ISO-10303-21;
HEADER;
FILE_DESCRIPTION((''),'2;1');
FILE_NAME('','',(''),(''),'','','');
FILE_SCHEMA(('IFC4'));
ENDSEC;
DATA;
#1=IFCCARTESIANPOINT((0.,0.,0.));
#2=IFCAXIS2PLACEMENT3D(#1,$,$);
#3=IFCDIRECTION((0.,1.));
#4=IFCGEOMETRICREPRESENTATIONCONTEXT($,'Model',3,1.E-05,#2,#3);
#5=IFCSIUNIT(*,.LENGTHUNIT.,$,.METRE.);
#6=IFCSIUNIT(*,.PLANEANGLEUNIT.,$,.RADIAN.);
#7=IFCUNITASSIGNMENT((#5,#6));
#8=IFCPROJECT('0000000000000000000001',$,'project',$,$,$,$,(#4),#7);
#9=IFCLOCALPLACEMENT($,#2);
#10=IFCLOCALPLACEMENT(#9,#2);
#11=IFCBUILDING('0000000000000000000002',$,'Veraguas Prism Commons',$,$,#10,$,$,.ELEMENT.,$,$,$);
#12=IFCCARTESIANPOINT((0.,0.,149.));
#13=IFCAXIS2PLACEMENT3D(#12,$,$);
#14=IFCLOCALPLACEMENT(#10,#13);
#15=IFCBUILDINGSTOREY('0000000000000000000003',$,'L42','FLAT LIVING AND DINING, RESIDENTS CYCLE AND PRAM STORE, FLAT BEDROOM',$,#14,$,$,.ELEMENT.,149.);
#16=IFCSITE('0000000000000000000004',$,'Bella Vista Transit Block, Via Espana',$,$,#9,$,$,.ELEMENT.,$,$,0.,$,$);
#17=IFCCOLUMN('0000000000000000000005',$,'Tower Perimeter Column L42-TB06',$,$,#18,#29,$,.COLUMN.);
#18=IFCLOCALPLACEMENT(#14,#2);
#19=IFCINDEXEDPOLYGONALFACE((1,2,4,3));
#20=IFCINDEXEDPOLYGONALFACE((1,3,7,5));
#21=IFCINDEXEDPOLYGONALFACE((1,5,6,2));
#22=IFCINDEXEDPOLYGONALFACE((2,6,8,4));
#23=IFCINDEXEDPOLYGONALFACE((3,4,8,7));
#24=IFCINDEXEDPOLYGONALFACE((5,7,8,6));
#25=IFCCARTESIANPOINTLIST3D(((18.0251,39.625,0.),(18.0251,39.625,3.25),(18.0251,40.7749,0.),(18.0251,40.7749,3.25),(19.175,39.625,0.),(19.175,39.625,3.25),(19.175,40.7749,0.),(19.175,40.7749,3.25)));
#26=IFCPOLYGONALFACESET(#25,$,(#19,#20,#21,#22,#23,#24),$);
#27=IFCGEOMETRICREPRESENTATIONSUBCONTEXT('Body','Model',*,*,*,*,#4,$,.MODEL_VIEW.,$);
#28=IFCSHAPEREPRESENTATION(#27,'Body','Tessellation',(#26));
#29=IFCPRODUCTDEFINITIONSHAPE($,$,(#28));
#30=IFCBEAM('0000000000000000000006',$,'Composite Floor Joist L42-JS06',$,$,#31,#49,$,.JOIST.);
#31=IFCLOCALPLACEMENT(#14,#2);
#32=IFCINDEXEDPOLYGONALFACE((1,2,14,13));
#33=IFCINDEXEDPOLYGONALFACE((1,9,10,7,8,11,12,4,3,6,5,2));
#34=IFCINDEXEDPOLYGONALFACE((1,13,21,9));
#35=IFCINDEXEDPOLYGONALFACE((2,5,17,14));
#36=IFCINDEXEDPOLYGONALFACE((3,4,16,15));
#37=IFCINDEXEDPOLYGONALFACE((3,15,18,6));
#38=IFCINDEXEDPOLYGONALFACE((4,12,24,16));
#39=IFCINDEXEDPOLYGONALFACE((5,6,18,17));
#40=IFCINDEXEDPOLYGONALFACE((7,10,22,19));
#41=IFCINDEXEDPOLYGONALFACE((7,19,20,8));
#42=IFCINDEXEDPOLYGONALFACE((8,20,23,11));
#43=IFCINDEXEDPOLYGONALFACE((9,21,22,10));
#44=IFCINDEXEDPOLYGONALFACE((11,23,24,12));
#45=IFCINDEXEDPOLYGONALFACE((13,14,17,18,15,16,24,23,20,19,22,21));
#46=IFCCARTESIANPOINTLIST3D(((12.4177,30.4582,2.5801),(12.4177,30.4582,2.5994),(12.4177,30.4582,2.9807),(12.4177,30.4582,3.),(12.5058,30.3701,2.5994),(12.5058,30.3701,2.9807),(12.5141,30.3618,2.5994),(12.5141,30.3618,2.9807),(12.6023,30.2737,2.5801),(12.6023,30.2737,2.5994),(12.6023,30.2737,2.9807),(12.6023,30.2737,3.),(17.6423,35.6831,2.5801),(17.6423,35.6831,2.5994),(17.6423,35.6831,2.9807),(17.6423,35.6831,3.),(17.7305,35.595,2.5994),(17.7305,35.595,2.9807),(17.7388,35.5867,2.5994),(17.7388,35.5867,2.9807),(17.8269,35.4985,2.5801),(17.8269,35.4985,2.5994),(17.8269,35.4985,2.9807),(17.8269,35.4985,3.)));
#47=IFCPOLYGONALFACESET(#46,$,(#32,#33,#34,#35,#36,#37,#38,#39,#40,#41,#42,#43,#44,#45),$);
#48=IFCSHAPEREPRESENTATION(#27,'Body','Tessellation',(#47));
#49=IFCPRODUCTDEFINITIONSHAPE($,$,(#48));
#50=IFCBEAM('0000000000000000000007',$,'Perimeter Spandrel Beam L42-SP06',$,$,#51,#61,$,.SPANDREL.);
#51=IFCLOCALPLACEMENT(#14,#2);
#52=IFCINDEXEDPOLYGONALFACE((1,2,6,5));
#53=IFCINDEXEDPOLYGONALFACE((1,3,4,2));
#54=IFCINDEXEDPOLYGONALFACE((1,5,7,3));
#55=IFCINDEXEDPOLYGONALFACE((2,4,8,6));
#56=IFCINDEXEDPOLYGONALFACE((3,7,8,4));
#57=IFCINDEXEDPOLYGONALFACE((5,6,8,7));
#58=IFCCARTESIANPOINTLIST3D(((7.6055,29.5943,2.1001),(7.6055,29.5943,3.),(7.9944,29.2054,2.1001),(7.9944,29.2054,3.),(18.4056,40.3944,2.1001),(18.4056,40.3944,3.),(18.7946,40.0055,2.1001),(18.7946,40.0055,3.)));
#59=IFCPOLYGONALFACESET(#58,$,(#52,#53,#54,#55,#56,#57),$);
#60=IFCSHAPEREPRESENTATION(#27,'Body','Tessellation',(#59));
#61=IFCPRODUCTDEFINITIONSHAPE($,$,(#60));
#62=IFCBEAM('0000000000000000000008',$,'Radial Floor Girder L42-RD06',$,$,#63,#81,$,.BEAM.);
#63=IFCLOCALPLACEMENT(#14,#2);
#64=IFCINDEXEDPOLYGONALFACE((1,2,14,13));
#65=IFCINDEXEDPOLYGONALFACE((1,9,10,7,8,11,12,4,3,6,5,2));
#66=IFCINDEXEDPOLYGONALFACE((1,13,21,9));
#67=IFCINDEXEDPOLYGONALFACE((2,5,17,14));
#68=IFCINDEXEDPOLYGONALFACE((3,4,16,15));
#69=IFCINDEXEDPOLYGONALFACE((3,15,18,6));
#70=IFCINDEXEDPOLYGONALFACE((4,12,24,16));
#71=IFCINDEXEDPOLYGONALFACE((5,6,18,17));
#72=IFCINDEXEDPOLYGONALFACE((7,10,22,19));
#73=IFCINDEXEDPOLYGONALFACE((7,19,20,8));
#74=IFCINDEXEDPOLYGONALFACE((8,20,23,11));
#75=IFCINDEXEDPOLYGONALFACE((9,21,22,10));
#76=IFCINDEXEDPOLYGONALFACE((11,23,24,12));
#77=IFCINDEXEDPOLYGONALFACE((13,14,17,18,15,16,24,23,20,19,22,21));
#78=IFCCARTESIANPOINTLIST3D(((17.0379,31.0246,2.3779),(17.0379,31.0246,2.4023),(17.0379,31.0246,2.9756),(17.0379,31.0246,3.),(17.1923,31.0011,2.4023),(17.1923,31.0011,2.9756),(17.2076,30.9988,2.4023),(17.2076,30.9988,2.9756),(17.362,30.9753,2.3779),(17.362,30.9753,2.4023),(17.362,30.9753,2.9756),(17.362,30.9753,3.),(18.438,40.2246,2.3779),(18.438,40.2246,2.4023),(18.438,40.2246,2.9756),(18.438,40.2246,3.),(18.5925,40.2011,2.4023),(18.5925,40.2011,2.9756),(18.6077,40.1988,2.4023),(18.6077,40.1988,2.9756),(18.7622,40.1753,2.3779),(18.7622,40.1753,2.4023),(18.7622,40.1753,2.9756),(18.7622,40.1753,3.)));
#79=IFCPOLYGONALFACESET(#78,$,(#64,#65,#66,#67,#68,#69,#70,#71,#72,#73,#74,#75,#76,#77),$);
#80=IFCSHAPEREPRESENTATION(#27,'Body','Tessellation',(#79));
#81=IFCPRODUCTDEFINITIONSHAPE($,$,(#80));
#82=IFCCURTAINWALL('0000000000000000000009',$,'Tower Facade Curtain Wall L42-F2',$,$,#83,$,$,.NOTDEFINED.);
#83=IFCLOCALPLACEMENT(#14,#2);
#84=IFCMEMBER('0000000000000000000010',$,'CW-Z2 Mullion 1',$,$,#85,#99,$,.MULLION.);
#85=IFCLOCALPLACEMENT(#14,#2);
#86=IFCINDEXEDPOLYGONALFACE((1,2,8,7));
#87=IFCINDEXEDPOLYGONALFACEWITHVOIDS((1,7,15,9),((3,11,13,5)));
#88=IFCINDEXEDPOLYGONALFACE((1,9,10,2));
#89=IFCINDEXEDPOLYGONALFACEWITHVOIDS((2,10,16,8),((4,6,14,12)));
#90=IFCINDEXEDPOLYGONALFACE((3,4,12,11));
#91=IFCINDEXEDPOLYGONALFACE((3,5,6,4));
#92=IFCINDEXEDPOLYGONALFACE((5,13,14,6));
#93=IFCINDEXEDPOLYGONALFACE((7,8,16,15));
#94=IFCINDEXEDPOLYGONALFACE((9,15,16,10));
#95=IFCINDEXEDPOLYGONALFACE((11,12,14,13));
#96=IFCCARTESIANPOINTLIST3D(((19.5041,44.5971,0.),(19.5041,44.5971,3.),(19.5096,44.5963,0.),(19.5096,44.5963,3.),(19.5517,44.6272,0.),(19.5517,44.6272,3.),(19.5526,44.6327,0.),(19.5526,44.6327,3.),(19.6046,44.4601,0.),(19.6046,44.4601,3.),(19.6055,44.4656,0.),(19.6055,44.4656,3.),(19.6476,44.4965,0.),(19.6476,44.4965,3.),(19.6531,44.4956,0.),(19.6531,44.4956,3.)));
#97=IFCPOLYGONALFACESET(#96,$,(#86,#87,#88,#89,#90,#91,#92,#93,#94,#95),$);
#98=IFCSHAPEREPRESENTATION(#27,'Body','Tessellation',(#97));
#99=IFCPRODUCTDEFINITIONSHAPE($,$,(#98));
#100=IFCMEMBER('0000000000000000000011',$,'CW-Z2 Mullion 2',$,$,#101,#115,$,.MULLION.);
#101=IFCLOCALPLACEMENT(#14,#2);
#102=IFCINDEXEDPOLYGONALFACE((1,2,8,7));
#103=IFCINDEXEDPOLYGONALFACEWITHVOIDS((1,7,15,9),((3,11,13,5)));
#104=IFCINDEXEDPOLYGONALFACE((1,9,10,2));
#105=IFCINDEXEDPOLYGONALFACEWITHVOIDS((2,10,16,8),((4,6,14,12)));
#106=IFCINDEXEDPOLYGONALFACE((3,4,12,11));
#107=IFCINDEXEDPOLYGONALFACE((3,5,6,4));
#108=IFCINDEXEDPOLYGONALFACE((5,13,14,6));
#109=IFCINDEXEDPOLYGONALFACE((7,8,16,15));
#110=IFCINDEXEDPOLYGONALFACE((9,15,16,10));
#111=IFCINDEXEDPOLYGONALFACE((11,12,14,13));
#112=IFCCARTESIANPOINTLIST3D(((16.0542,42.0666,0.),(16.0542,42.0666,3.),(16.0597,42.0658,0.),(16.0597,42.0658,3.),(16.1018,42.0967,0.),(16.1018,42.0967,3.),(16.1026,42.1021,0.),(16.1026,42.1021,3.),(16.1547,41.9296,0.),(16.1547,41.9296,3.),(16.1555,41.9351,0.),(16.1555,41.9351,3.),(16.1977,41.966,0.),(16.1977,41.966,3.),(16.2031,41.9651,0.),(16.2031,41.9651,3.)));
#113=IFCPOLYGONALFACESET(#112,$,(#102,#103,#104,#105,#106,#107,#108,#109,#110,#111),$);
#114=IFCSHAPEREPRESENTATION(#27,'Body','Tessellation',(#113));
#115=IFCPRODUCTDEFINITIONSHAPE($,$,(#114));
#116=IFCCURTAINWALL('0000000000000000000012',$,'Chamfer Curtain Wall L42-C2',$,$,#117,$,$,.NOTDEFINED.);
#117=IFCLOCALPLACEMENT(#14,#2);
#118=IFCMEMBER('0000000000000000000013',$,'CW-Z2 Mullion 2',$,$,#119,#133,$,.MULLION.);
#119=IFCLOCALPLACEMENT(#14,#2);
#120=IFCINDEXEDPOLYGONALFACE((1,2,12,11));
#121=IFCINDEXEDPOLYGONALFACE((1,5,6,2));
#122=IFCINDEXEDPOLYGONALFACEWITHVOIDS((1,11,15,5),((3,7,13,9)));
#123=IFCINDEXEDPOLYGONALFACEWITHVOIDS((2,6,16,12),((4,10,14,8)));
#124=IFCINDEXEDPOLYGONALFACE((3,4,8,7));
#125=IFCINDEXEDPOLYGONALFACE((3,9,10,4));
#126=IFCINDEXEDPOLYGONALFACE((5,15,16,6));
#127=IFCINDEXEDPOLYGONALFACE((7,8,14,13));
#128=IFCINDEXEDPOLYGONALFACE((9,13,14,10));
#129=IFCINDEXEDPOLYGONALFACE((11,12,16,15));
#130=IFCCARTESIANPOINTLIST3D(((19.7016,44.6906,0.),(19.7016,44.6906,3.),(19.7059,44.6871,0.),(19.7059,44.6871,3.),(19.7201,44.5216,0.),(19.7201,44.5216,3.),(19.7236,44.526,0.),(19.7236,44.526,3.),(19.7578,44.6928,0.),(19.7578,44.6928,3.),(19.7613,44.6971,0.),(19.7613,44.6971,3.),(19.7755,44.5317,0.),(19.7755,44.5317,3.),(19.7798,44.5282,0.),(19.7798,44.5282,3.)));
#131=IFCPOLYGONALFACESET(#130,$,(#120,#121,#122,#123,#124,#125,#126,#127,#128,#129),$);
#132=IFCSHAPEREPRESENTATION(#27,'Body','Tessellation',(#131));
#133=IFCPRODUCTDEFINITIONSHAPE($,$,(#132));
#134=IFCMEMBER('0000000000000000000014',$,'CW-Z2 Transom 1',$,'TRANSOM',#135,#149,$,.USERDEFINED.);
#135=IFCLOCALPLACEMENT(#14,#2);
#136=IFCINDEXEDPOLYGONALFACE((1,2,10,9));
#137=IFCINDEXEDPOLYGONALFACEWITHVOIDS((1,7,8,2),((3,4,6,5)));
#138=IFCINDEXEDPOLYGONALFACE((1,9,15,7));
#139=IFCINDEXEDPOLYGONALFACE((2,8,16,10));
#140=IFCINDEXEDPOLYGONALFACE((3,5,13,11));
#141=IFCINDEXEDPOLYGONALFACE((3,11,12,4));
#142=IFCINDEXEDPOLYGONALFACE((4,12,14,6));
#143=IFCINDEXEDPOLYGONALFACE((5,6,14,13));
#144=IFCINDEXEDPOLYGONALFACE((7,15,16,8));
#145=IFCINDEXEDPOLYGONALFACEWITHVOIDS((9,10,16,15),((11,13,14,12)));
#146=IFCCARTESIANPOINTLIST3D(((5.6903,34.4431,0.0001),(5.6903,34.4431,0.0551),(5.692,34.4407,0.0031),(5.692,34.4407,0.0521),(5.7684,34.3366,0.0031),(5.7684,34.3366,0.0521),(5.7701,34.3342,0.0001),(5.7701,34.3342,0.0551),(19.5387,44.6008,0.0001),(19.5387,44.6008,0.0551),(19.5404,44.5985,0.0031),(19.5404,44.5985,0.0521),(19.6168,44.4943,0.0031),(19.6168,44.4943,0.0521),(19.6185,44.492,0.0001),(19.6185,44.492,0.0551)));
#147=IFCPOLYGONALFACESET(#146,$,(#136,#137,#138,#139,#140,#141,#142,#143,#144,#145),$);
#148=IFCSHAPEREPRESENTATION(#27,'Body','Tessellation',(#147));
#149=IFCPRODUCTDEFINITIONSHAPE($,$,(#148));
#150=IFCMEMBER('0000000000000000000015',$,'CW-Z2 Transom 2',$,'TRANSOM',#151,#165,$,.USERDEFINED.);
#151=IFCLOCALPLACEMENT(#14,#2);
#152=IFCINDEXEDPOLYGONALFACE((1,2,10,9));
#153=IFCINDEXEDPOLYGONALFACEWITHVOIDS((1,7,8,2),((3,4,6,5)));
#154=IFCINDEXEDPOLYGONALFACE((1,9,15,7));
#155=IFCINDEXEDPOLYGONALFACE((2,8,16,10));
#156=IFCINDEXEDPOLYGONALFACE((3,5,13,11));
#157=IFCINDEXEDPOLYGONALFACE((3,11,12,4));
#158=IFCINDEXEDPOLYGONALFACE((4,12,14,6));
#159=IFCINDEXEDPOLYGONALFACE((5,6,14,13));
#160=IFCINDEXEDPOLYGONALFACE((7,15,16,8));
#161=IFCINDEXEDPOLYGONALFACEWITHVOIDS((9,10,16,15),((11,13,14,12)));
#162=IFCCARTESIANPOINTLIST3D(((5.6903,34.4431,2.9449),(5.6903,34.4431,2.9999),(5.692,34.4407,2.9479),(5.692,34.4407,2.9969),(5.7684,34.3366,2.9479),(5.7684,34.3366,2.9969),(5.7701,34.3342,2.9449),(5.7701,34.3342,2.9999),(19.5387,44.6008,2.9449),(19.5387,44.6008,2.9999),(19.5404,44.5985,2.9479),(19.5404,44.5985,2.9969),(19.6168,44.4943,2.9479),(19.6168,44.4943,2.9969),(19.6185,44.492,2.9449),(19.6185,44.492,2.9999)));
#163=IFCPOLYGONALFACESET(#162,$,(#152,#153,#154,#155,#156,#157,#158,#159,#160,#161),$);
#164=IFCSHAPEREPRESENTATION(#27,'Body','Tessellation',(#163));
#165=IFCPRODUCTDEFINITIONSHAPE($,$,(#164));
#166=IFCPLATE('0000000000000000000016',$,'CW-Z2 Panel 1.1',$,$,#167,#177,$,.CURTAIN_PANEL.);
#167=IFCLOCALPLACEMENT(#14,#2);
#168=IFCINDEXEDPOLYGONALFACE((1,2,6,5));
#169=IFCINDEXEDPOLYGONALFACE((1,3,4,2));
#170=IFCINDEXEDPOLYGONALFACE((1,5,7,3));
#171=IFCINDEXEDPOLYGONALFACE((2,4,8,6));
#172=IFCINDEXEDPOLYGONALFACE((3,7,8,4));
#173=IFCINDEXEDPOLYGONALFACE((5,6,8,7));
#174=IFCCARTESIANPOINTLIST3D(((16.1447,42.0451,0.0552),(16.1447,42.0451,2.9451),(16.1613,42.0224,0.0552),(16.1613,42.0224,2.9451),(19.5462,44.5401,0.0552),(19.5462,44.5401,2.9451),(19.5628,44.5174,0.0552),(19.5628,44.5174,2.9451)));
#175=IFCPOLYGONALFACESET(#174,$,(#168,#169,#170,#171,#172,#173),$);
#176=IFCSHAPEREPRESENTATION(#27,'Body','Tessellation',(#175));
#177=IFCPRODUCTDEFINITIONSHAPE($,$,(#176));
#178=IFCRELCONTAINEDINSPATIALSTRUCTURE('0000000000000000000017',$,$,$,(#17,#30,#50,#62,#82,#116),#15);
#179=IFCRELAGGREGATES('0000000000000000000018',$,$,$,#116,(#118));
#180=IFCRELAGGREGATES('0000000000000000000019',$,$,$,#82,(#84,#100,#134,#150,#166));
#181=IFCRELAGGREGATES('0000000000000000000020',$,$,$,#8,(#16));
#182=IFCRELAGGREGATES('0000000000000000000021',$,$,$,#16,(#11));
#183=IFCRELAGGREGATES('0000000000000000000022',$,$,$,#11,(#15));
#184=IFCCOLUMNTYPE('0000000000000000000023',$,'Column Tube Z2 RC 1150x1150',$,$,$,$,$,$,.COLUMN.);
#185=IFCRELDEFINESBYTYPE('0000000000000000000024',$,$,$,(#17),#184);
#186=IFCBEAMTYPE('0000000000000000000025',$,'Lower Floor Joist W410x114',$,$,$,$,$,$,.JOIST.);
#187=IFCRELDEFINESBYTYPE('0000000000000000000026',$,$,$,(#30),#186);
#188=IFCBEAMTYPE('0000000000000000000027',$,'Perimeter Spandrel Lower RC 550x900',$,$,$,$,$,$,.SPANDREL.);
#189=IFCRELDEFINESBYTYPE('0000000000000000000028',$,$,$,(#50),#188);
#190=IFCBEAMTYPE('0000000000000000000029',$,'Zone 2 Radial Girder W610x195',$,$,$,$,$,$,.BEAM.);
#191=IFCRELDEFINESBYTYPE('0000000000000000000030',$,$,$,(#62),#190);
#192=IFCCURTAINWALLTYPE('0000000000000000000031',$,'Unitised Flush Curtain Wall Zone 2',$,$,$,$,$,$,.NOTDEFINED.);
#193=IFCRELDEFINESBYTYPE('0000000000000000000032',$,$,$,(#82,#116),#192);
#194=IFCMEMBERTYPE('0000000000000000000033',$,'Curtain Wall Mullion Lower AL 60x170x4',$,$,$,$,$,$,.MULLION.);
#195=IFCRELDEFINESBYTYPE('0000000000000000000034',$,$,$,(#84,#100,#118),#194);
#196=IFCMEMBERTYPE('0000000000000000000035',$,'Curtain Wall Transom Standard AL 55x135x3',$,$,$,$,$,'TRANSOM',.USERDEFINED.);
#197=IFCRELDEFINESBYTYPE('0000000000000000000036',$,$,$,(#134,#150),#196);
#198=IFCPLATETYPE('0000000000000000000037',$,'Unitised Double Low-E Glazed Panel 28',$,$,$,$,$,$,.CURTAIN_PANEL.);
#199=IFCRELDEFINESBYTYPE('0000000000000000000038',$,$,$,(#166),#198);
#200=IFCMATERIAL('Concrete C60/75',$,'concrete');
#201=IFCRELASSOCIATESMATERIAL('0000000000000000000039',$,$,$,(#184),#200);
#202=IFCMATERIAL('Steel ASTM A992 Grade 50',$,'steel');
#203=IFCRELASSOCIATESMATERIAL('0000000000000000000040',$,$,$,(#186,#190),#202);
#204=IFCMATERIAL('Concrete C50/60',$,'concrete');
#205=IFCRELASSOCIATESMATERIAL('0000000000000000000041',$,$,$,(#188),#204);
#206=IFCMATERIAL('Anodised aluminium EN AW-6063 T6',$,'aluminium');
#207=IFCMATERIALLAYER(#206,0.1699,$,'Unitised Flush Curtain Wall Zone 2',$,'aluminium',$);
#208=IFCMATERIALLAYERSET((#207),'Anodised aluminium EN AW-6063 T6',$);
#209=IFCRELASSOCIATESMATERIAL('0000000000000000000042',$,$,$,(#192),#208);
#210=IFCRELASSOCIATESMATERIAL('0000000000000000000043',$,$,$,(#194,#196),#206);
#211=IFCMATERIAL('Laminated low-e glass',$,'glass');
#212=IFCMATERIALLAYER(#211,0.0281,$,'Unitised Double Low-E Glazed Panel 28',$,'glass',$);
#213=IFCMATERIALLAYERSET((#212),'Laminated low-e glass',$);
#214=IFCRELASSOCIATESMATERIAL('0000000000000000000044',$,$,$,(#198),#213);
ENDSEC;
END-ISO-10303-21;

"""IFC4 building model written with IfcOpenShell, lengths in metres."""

from ifc_helpers import new_model, si_unit, direction, frame, origin, origin_2d, place, context, subcontext, project, spatial, rectangle, hollow_rectangle, i_section, extrude, source, transform, mapped, material, layer, layer_set, material_profile, profile_set, type_object, element, aggregate, save


model = new_model("IFC4")

# Units and contexts
model_context = context("Model", 3, precision=1e-05, world=origin(), true_north=direction((0.0, 1.0)))
body_context = subcontext(model_context, "Body", "Model", "MODEL_VIEW")
ifc_project = project(units=[si_unit("LENGTHUNIT", "METRE"), si_unit("PLANEANGLEUNIT", "RADIAN")], contexts=[model_context])

# Site, building, storey
site_placement = place(None, origin())
site = spatial("IfcSite", under=ifc_project, at=site_placement, Name="Bella Vista Transit Block, Via Espana", CompositionType="ELEMENT", RefElevation=0.0)
building_placement = place(site_placement, origin())
building = spatial("IfcBuilding", under=site, at=building_placement, Name="Veraguas Prism Commons", CompositionType="ELEMENT")
storey_placement = place(building_placement, frame((0.0, 0.0, 149.0)))
storey = spatial("IfcBuildingStorey", under=building, at=storey_placement, Name="L42", Description="FLAT LIVING AND DINING, RESIDENTS CYCLE AND PRAM STORE, FLAT BEDROOM", CompositionType="ELEMENT", Elevation=149.0)

# Column
ifc_material_1 = material(Name="Concrete C60/75", Category="concrete")
ifc_material_profile_1 = material_profile(ifc_material_1, rectangle(XDim=1.1499, YDim=1.1499, at=origin_2d()), Name="RC1150X1150")
ifc_profile_set_1 = profile_set([ifc_material_profile_1], Name="Concrete C60/75")
column_type = type_object("IfcColumnType", Name="Column Tube Z2 RC 1150x1150", PredefinedType="COLUMN", material=ifc_profile_set_1)
column_placement = place(storey_placement, frame((18.6001, 40.2, 0.0), z_axis=(0.0, 0.0, 1.0), x_axis=(1.0, 0.0, 0.0)))
element("IfcColumn", 1, at=column_placement, inside=storey, type_object=column_type, Name="Tower Perimeter Column L42-TB06", PredefinedType="COLUMN", context=body_context, shape_type="SweptSolid", body=[
    extrude(rectangle(XDim=1.1499, YDim=1.1499, at=origin_2d()), origin(), (0.0, 0.0, 1.0), 3.25),
])

# Beams
ifc_material_2 = material(Name="Steel ASTM A992 Grade 50", Category="steel")
ifc_material_profile_2 = material_profile(ifc_material_2, i_section(OverallWidth=0.261, OverallDepth=0.4199, WebThickness=0.0117, FlangeThickness=0.0193, at=origin_2d()), Name="W410X114")
ifc_profile_set_2 = profile_set([ifc_material_profile_2], Name="Steel ASTM A992 Grade 50")
beam_type_1 = type_object("IfcBeamType", Name="Lower Floor Joist W410x114", PredefinedType="JOIST", material=ifc_profile_set_2)
beam_1_placement = place(storey_placement, frame((17.7346, 35.5908, 2.79), z_axis=(-0.70709, -0.707123, 0.0), x_axis=(0.707123, -0.70709, 0.0)))
element("IfcBeam", 2, at=beam_1_placement, inside=storey, type_object=beam_type_1, Name="Composite Floor Joist L42-JS06", PredefinedType="JOIST", context=body_context, shape_type="SweptSolid", body=[
    extrude(i_section(OverallWidth=0.261, OverallDepth=0.4199, WebThickness=0.0117, FlangeThickness=0.0193, at=origin_2d()), origin(), (0.0, 0.0, 1.0), 7.3889),
])
ifc_material_3 = material(Name="Concrete C50/60", Category="concrete")
ifc_material_profile_3 = material_profile(ifc_material_3, rectangle(XDim=0.55, YDim=0.8999, at=origin_2d()), Name="RC550X900")
ifc_profile_set_3 = profile_set([ifc_material_profile_3], Name="Concrete C50/60")
beam_type_2 = type_object("IfcBeamType", Name="Perimeter Spandrel Lower RC 550x900", PredefinedType="SPANDREL", material=ifc_profile_set_3)
beam_2_placement = place(storey_placement, frame((18.6001, 40.2, 2.55), z_axis=(-0.707107, -0.707107, 0.0), x_axis=(0.707107, -0.707107, 0.0)))
element("IfcBeam", 3, at=beam_2_placement, inside=storey, type_object=beam_type_2, Name="Perimeter Spandrel Beam L42-SP06", PredefinedType="SPANDREL", context=body_context, shape_type="SweptSolid", body=[
    extrude(rectangle(XDim=0.55, YDim=0.8999, at=origin_2d()), origin(), (0.0, 0.0, 1.0), 15.2737),
])
ifc_material_profile_4 = material_profile(ifc_material_2, i_section(OverallWidth=0.3279, OverallDepth=0.6221, WebThickness=0.0154, FlangeThickness=0.0244, at=origin_2d()), Name="W610X195")
ifc_profile_set_4 = profile_set([ifc_material_profile_4], Name="Steel ASTM A992 Grade 50")
beam_type_3 = type_object("IfcBeamType", Name="Zone 2 Radial Girder W610x195", PredefinedType="BEAM", material=ifc_profile_set_4)
beam_3_placement = place(storey_placement, frame((18.6001, 40.2, 2.689), z_axis=(-0.150458, -0.988616, 0.0), x_axis=(0.988616, -0.150458, 0.0)))
element("IfcBeam", 4, at=beam_3_placement, inside=storey, type_object=beam_type_3, Name="Radial Floor Girder L42-RD06", PredefinedType="BEAM", context=body_context, shape_type="SweptSolid", body=[
    extrude(i_section(OverallWidth=0.3279, OverallDepth=0.6221, WebThickness=0.0154, FlangeThickness=0.0244, at=origin_2d()), origin(), (0.0, 0.0, 1.0), 9.3059),
])

# Curtain wall, members
ifc_material_4 = material(Name="Anodised aluminium EN AW-6063 T6", Category="aluminium")
ifc_layer_1 = layer(ifc_material_4, 0.1699, Name="Unitised Flush Curtain Wall Zone 2", Category="aluminium")
ifc_layer_set_1 = layer_set([ifc_layer_1], Name="Anodised aluminium EN AW-6063 T6")
curtain_wall_type = type_object("IfcCurtainWallType", Name="Unitised Flush Curtain Wall Zone 2", PredefinedType="NOTDEFINED", material=ifc_layer_set_1)
curtain_wall_1_placement = place(storey_placement, origin())
curtain_wall_1 = element("IfcCurtainWall", 5, at=curtain_wall_1_placement, inside=storey, type_object=curtain_wall_type, Name="Tower Facade Curtain Wall L42-F2", PredefinedType="NOTDEFINED")
ifc_material_profile_5 = material_profile(ifc_material_4, hollow_rectangle(XDim=0.0601, YDim=0.1699, WallThickness=0.0039, at=origin_2d()), Name="AL60X170X4")
ifc_profile_set_5 = profile_set([ifc_material_profile_5], Name="Anodised aluminium EN AW-6063 T6")
member_type_1 = type_object("IfcMemberType", Name="Curtain Wall Mullion Lower AL 60x170x4", PredefinedType="MULLION", material=ifc_profile_set_5)
shared_shape_1 = source(origin(), body_context, "Body", "SweptSolid", [
    extrude(hollow_rectangle(XDim=0.0601, YDim=0.1699, WallThickness=0.0039, at=origin_2d()), origin(), (0.0, 0.0, 1.0), 3.0),
])
member_1_placement = place(storey_placement, frame((19.5786, 44.5464, 0.0), z_axis=(0.0, 0.0, 1.0), x_axis=(-0.806343, -0.591448, 0.0)))
member_1 = element("IfcMember", 6, at=member_1_placement, type_object=member_type_1, Name="CW-Z2 Mullion 1", PredefinedType="MULLION", context=body_context, shape_type="MappedRepresentation", body=[
    mapped(shared_shape_1, transform((0.0, 0.0, 0.0), scale=1.0)),
])
member_2_placement = place(storey_placement, frame((16.1287, 42.0159, 0.0), z_axis=(0.0, 0.0, 1.0), x_axis=(-0.806343, -0.591448, 0.0)))
member_2 = element("IfcMember", 7, at=member_2_placement, type_object=member_type_1, Name="CW-Z2 Mullion 2", PredefinedType="MULLION", context=body_context, shape_type="MappedRepresentation", body=[
    mapped(shared_shape_1, transform((0.0, 0.0, 0.0), scale=1.0)),
])

# Curtain wall, member
curtain_wall_2_placement = place(storey_placement, origin())
curtain_wall_2 = element("IfcCurtainWall", 8, at=curtain_wall_2_placement, inside=storey, type_object=curtain_wall_type, Name="Chamfer Curtain Wall L42-C2", PredefinedType="NOTDEFINED")
member_3_placement = place(storey_placement, frame((19.7407, 44.6094, 0.0), z_axis=(0.0, 0.0, 1.0), x_axis=(-0.994034, -0.109068, 0.0)))
member_3 = element("IfcMember", 9, at=member_3_placement, type_object=member_type_1, Name="CW-Z2 Mullion 2", PredefinedType="MULLION", context=body_context, shape_type="MappedRepresentation", body=[
    mapped(shared_shape_1, transform((0.0, 0.0, 0.0), scale=1.0)),
])
aggregate(curtain_wall_2, [member_3])

# Members
ifc_material_profile_6 = material_profile(ifc_material_4, hollow_rectangle(XDim=0.0549, YDim=0.135, WallThickness=0.0029, at=origin_2d()), Name="AL55X135X3")
ifc_profile_set_6 = profile_set([ifc_material_profile_6], Name="Anodised aluminium EN AW-6063 T6")
member_type_2 = type_object("IfcMemberType", Name="Curtain Wall Transom Standard AL 55x135x3", ElementType="TRANSOM", PredefinedType="USERDEFINED", material=ifc_profile_set_6)
shared_shape_2 = source(origin(), body_context, "Body", "SweptSolid", [
    extrude(hollow_rectangle(XDim=0.0549, YDim=0.135, WallThickness=0.0029, at=origin_2d()), origin(), (0.0, 0.0, 1.0), 17.1743),
])
member_4_placement = place(storey_placement, frame((19.5786, 44.5464, 0.0276), z_axis=(-0.806343, -0.591448, 0.0), x_axis=(0.0, 0.0, 1.0)))
member_4 = element("IfcMember", 10, at=member_4_placement, type_object=member_type_2, Name="CW-Z2 Transom 1", ObjectType="TRANSOM", PredefinedType="USERDEFINED", context=body_context, shape_type="MappedRepresentation", body=[
    mapped(shared_shape_2, transform((0.0, 0.0, 0.0), scale=1.0)),
])
member_5_placement = place(storey_placement, frame((19.5786, 44.5464, 2.9724), z_axis=(-0.806343, -0.591448, 0.0), x_axis=(0.0, 0.0, 1.0)))
member_5 = element("IfcMember", 11, at=member_5_placement, type_object=member_type_2, Name="CW-Z2 Transom 2", ObjectType="TRANSOM", PredefinedType="USERDEFINED", context=body_context, shape_type="MappedRepresentation", body=[
    mapped(shared_shape_2, transform((0.0, 0.0, 0.0), scale=1.0)),
])

# Plate
ifc_material_5 = material(Name="Laminated low-e glass", Category="glass")
ifc_layer_2 = layer(ifc_material_5, 0.0281, Name="Unitised Double Low-E Glazed Panel 28", Category="glass")
ifc_layer_set_2 = layer_set([ifc_layer_2], Name="Laminated low-e glass")
plate_type = type_object("IfcPlateType", Name="Unitised Double Low-E Glazed Panel 28", PredefinedType="CURTAIN_PANEL", material=ifc_layer_set_2)
shared_shape_3 = source(origin(), body_context, "Body", "SweptSolid", [
    extrude(rectangle(XDim=4.2185, YDim=0.0281, at=origin_2d()), origin(), (0.0, 0.0, 1.0), 2.8899),
])
plate_placement = place(storey_placement, frame((17.8538, 43.2812, 0.0552), z_axis=(0.0, 0.0, 1.0), x_axis=(-0.806343, -0.591448, 0.0)))
plate = element("IfcPlate", 12, at=plate_placement, type_object=plate_type, Name="CW-Z2 Panel 1.1", PredefinedType="CURTAIN_PANEL", context=body_context, shape_type="MappedRepresentation", body=[
    mapped(shared_shape_3, transform((0.0, 0.0, 0.0), scale=1.0)),
])
aggregate(curtain_wall_1, [member_1, member_2, member_4, member_5, plate])

save(model, "model.ifc")
